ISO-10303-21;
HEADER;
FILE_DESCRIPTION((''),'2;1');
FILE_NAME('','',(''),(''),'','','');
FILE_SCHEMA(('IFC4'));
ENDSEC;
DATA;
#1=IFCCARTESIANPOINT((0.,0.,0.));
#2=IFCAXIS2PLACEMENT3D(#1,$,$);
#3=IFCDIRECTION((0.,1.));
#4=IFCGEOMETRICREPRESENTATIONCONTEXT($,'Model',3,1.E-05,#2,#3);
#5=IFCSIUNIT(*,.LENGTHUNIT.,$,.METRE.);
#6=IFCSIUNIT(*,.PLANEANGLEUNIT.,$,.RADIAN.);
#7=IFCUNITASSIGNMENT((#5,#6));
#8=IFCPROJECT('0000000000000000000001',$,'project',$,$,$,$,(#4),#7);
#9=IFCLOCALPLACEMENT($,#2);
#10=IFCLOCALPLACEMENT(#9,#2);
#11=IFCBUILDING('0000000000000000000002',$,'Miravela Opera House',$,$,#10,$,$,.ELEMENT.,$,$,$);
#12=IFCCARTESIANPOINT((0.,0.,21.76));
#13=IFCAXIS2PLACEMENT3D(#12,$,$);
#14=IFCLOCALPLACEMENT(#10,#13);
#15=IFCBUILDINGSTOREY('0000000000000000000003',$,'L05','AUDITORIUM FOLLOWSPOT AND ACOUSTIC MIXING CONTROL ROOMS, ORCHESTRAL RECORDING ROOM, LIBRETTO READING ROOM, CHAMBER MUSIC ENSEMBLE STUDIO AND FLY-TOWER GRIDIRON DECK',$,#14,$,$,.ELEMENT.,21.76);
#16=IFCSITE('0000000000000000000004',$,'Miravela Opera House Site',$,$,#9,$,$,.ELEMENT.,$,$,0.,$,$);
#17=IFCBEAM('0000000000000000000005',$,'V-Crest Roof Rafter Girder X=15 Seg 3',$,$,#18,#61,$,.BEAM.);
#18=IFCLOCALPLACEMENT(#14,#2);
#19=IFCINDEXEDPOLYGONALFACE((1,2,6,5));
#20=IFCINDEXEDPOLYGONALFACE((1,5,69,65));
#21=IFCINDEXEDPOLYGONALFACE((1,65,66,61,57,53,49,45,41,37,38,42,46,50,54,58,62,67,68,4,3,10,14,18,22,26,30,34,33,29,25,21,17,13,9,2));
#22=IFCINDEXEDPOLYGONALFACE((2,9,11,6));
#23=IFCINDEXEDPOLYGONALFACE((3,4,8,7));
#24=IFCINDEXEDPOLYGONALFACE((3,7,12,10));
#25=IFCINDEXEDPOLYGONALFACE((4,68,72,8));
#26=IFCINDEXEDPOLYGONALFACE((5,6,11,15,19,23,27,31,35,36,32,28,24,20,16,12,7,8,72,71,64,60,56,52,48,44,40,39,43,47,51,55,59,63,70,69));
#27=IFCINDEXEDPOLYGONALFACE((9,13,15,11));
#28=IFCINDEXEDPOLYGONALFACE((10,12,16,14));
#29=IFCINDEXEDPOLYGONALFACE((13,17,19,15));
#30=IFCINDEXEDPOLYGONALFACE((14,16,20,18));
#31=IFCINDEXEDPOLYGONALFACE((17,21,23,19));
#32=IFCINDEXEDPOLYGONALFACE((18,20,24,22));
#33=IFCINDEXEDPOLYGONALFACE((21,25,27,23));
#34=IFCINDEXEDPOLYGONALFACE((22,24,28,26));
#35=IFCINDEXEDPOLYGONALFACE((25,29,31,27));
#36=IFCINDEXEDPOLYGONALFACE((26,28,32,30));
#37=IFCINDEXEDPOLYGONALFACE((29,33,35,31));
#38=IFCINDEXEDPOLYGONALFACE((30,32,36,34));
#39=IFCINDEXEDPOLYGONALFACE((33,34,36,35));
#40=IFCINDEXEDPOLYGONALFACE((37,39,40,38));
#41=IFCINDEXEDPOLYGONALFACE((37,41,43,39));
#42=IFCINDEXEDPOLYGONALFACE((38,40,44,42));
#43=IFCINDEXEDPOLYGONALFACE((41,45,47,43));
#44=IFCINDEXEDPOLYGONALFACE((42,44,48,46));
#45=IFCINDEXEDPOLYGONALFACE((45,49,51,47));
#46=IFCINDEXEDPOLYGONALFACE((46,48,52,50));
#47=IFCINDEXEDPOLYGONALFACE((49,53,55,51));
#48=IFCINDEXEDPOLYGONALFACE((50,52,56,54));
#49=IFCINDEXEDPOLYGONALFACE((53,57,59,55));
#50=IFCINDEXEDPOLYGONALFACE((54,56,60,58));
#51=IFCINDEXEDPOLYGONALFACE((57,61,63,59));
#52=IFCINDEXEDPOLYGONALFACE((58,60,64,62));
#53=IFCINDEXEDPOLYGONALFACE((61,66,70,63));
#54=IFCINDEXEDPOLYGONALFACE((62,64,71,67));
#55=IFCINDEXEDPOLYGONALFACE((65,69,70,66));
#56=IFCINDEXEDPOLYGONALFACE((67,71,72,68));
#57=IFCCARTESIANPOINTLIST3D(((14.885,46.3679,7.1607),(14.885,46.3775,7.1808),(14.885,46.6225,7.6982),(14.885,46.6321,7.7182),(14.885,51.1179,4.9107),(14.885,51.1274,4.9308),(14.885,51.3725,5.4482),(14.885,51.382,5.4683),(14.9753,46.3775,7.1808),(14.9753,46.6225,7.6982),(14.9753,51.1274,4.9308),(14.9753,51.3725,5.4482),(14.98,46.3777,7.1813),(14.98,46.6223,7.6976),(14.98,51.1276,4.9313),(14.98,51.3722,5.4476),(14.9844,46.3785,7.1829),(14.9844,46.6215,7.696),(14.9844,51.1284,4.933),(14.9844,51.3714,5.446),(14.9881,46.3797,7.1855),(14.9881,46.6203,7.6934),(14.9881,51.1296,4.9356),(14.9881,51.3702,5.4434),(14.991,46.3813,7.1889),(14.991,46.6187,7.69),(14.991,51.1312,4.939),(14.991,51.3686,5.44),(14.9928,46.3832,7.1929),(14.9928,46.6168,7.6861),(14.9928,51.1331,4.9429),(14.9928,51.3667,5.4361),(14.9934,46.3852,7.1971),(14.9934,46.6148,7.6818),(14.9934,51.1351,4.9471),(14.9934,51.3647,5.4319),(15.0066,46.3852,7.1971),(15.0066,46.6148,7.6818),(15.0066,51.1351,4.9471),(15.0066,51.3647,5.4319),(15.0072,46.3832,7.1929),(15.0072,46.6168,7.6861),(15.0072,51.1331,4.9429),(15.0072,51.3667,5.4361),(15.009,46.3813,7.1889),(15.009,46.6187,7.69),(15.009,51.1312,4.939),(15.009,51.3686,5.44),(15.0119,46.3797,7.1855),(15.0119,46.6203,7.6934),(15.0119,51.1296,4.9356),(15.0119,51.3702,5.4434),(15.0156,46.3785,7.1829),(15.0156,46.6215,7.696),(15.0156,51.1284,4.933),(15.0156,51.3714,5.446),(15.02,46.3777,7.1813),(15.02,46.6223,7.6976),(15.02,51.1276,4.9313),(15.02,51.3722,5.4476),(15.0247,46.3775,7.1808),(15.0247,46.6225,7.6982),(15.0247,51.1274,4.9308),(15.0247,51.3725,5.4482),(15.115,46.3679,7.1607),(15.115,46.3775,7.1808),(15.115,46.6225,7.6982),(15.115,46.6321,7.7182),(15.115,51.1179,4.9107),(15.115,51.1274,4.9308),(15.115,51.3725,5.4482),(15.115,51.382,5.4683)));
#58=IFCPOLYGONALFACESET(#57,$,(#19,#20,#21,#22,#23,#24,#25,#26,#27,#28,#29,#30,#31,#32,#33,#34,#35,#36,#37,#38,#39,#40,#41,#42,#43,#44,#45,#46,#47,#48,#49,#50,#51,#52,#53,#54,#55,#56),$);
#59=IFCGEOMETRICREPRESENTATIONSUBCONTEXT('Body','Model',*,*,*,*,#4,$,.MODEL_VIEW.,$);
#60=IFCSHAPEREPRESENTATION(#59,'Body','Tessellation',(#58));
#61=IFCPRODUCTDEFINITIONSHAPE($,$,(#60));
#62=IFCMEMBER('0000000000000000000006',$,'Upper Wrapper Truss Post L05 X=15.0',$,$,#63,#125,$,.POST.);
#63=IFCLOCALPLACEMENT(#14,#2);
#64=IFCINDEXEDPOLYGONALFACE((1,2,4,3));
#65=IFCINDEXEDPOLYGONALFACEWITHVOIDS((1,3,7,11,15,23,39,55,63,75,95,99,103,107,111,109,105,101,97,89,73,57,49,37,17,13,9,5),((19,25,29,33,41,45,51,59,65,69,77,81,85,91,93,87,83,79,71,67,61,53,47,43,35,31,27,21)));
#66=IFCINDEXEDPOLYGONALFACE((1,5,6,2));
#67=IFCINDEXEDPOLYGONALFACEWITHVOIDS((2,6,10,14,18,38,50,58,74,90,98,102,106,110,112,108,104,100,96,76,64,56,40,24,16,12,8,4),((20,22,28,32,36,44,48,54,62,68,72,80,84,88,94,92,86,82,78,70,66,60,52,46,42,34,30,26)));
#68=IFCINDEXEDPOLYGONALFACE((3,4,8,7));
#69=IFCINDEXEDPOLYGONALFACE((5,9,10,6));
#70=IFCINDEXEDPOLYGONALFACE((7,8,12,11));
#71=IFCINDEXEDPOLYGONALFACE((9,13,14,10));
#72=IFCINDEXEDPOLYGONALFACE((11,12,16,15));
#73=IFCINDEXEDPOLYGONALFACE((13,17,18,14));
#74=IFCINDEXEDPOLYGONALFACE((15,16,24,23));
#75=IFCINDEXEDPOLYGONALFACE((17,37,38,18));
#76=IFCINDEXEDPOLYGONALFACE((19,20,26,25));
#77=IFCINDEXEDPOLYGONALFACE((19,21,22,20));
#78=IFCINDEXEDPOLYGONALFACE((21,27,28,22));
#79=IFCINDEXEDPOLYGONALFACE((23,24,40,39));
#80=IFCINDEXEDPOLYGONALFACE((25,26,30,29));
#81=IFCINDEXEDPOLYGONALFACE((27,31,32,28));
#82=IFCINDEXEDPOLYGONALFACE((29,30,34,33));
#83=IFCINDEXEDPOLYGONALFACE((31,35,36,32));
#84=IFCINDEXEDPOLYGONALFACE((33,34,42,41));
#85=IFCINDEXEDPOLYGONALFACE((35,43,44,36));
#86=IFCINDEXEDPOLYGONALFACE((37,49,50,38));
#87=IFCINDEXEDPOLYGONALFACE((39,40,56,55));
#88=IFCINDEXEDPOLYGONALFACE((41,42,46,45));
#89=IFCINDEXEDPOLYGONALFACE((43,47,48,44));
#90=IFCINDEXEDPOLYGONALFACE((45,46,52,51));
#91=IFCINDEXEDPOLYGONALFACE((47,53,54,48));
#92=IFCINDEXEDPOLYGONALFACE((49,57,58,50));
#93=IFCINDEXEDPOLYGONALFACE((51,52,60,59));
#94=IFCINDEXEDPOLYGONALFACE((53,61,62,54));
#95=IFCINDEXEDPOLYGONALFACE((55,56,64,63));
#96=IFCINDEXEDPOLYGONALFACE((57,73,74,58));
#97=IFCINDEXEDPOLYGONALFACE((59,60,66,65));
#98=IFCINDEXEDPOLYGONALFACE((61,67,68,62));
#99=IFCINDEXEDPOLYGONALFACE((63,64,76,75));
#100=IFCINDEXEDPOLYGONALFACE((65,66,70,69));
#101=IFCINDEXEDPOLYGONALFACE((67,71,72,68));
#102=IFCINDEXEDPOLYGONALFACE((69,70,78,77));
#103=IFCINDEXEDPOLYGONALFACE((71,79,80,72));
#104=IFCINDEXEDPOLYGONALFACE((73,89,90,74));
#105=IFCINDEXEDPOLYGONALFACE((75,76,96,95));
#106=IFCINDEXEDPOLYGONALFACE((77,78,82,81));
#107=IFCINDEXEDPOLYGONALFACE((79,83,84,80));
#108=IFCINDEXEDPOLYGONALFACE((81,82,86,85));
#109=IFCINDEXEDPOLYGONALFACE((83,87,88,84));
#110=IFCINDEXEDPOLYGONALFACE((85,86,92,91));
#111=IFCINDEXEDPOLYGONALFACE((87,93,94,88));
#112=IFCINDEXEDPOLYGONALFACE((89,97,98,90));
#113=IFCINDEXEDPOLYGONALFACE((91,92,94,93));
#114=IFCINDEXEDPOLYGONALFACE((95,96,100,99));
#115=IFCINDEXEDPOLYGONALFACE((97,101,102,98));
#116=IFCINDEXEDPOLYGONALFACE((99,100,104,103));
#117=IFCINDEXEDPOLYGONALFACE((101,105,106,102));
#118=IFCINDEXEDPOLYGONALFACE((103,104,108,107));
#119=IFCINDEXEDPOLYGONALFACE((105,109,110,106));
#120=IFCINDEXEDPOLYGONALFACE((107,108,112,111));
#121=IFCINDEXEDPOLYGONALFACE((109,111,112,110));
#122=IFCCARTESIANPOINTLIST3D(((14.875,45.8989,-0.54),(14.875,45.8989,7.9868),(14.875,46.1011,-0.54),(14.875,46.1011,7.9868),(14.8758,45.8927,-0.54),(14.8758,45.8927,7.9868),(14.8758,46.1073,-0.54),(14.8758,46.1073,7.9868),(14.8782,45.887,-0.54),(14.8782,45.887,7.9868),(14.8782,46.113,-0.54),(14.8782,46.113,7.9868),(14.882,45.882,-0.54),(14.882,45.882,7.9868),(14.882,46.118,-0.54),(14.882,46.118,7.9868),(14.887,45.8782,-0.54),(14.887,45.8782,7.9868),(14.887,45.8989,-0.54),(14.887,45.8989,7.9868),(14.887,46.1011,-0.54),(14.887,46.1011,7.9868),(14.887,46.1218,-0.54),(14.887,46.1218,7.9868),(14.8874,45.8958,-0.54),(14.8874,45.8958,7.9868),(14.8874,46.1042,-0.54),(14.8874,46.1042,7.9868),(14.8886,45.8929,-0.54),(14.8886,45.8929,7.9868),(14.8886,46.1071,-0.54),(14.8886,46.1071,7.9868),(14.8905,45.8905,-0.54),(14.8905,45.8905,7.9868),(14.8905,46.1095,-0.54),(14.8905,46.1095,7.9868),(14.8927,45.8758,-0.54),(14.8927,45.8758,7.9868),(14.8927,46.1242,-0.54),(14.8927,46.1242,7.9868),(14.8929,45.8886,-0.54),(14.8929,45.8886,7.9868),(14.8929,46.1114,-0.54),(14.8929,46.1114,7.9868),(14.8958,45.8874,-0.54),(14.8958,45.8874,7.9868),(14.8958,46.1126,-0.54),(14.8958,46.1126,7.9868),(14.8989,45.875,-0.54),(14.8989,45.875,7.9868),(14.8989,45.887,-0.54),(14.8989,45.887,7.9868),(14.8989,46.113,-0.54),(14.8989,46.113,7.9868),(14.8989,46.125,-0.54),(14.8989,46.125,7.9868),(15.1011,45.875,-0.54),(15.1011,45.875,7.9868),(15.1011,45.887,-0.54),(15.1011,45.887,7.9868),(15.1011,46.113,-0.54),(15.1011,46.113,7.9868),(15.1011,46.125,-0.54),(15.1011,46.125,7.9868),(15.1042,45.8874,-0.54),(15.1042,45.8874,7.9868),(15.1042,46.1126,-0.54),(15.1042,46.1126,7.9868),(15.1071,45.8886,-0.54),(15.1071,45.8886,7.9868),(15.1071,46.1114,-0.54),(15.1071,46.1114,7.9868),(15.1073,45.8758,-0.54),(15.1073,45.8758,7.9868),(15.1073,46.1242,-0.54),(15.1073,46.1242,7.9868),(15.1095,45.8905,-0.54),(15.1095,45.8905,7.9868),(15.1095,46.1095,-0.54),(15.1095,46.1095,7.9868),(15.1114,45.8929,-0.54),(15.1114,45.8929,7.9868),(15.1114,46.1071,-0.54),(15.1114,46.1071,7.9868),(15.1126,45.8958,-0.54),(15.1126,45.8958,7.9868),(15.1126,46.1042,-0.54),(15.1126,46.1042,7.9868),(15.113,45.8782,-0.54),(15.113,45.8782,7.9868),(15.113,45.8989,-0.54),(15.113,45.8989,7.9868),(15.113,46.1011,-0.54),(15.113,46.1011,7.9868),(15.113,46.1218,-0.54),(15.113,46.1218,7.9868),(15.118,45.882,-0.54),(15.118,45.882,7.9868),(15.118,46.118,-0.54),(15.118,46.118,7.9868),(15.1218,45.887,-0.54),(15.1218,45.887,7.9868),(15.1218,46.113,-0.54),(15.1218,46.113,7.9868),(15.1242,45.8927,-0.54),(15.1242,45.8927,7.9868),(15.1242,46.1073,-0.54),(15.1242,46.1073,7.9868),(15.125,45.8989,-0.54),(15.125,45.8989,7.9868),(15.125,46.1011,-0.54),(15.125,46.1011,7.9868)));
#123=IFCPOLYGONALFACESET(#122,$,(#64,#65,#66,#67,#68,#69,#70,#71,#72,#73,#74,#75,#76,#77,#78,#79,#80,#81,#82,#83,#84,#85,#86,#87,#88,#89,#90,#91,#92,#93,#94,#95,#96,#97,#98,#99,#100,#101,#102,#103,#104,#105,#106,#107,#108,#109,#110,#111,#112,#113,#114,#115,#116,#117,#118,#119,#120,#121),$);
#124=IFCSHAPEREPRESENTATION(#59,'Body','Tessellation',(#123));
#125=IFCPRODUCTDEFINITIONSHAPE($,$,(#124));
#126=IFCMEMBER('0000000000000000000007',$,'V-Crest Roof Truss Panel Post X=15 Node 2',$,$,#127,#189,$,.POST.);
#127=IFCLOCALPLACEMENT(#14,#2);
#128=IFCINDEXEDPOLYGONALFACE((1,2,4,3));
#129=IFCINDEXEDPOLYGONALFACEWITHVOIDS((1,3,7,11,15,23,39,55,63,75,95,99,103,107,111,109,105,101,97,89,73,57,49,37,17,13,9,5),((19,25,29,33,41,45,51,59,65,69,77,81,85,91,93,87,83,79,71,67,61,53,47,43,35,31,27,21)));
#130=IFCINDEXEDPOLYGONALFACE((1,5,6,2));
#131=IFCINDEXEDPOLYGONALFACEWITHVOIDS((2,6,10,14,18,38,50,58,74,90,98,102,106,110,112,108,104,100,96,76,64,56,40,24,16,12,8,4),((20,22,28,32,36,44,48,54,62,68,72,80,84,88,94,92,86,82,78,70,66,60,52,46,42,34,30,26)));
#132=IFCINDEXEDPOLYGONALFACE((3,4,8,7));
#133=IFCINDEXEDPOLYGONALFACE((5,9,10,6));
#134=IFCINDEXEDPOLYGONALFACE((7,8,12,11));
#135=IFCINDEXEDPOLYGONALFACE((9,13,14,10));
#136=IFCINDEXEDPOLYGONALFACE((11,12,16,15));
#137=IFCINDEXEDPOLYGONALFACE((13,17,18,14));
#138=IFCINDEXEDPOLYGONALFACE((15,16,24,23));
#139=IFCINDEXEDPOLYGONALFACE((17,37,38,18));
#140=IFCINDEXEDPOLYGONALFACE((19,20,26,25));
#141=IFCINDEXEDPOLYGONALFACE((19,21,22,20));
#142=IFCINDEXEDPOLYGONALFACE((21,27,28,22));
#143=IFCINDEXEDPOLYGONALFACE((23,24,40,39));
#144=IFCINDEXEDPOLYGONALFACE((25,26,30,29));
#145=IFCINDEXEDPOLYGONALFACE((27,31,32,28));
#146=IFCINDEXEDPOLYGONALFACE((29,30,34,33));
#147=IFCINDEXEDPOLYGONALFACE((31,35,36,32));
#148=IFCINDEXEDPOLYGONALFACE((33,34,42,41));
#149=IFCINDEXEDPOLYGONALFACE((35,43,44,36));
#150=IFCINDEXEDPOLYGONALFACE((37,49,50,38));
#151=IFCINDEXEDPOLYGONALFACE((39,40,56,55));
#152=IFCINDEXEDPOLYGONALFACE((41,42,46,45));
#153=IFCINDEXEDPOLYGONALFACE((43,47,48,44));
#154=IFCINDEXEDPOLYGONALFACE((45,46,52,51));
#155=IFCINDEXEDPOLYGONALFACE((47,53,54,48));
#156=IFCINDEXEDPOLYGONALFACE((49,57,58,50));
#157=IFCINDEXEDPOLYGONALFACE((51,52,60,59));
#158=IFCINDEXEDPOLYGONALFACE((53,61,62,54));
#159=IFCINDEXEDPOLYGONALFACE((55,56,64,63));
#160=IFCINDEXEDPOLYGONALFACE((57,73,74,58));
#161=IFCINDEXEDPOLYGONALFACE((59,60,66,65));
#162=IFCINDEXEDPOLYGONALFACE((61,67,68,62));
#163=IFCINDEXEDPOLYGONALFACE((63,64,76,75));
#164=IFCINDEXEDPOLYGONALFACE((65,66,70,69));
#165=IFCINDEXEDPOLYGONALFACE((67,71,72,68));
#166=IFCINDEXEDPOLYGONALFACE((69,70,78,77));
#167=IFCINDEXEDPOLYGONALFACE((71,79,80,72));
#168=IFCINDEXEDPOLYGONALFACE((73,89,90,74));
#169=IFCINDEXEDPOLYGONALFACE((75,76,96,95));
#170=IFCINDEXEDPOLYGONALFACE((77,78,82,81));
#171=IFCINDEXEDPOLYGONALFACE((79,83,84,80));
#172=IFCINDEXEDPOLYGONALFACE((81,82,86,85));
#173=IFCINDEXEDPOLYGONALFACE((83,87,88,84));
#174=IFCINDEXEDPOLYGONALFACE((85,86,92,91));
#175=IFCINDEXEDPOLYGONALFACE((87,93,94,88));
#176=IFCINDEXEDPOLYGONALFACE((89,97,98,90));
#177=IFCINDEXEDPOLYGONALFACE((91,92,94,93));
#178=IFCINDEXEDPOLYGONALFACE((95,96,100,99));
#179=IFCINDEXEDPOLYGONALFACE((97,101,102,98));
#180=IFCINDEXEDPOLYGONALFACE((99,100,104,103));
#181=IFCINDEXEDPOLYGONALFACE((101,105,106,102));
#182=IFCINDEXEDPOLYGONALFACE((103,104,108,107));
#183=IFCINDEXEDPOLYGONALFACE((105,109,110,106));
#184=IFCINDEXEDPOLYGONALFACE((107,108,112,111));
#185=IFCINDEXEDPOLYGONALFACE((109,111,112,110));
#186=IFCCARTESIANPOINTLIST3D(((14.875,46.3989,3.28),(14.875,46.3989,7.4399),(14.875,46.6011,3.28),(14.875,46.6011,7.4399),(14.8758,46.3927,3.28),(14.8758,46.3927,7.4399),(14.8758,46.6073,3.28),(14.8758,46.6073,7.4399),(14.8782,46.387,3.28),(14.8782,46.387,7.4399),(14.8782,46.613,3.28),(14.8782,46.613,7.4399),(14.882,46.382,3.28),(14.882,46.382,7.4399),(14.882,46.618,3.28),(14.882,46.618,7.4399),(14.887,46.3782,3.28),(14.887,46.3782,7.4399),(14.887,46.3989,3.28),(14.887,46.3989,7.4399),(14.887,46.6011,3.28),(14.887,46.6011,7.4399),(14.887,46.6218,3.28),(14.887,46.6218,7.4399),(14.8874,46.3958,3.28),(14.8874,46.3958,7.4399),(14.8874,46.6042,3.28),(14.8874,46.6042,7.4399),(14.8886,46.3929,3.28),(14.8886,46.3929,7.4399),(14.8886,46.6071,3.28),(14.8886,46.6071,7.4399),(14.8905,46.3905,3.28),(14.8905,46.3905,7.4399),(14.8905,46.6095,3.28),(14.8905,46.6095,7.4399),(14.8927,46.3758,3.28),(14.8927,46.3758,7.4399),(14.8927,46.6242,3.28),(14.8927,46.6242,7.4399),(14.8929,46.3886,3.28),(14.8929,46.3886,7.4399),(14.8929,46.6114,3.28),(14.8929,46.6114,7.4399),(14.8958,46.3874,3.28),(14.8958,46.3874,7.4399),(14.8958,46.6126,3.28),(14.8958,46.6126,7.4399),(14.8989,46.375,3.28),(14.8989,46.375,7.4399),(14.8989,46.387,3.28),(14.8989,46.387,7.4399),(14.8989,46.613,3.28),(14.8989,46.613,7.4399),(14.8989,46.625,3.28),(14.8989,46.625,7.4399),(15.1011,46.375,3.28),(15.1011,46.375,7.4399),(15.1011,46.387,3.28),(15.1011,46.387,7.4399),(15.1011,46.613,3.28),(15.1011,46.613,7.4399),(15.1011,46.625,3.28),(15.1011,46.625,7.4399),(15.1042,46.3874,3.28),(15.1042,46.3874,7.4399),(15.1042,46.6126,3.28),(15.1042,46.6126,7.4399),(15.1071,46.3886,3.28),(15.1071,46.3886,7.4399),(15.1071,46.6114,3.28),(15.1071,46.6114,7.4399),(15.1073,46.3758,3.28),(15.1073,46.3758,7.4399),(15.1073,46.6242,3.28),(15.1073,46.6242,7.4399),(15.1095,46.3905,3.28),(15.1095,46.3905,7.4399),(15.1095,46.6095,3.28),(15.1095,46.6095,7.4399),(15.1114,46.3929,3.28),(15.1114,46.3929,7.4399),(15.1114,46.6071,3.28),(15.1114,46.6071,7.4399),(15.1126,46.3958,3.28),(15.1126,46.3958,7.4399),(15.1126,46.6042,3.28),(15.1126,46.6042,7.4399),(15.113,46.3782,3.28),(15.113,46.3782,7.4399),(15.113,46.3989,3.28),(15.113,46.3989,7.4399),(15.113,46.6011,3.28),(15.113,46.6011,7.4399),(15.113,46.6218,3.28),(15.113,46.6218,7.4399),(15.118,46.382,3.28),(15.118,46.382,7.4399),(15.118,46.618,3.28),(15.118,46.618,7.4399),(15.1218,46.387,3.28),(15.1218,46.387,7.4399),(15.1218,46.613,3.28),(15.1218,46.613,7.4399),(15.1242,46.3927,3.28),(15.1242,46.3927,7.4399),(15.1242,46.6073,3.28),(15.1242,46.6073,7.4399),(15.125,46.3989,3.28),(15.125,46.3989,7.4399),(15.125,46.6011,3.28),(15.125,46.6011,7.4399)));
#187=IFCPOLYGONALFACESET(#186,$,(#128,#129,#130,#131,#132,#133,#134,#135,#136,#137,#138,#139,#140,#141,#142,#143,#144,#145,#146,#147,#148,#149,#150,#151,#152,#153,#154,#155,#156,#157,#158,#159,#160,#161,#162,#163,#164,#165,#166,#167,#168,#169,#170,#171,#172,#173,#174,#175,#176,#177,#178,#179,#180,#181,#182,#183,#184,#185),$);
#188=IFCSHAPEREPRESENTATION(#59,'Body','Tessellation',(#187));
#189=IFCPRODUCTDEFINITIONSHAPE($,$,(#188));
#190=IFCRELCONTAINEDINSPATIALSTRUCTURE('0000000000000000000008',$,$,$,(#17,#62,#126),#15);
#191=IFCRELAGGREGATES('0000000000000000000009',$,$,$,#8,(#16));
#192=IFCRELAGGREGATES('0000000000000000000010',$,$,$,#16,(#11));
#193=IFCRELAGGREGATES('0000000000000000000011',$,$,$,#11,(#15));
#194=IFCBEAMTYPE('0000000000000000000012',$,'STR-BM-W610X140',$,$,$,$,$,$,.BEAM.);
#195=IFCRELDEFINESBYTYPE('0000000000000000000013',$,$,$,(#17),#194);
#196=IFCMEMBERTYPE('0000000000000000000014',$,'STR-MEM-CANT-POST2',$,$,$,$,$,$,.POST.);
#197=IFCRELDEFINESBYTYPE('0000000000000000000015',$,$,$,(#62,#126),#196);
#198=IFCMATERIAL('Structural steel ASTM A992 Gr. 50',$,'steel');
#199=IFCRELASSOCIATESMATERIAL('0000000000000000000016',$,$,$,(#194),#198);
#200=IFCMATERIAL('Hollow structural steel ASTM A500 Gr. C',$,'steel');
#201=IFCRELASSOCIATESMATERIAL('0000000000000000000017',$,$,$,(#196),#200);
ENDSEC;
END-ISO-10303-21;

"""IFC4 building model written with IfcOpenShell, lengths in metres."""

from ifc_helpers import new_model, si_unit, direction, frame, origin, origin_2d, place, context, subcontext, project, spatial, hollow_rectangle, i_section, extrude, material, material_profile, profile_set, type_object, element, save


model = new_model("IFC4")

# Units and contexts
model_context = context("Model", 3, precision=1e-05, world=origin(), true_north=direction((0.0, 1.0)))
body_context = subcontext(model_context, "Body", "Model", "MODEL_VIEW")
ifc_project = project(units=[si_unit("LENGTHUNIT", "METRE"), si_unit("PLANEANGLEUNIT", "RADIAN")], contexts=[model_context])

# Site, building, storey
site_placement = place(None, origin())
site = spatial("IfcSite", under=ifc_project, at=site_placement, Name="Miravela Opera House Site", CompositionType="ELEMENT", RefElevation=0.0)
building_placement = place(site_placement, origin())
building = spatial("IfcBuilding", under=site, at=building_placement, Name="Miravela Opera House", CompositionType="ELEMENT")
storey_placement = place(building_placement, frame((0.0, 0.0, 21.76)))
storey = spatial("IfcBuildingStorey", under=building, at=storey_placement, Name="L05", Description="AUDITORIUM FOLLOWSPOT AND ACOUSTIC MIXING CONTROL ROOMS, ORCHESTRAL RECORDING ROOM, LIBRETTO READING ROOM, CHAMBER MUSIC ENSEMBLE STUDIO AND FLY-TOWER GRIDIRON DECK", CompositionType="ELEMENT", Elevation=21.76)

# Beam
ifc_material_1 = material(Name="Structural steel ASTM A992 Gr. 50", Category="steel")
ifc_material_profile_1 = material_profile(ifc_material_1, i_section(OverallWidth=0.23, OverallDepth=0.6169, WebThickness=0.0132, FlangeThickness=0.0222, FilletRadius=0.0181, at=origin_2d()), Name="W610X140")
ifc_profile_set_1 = profile_set([ifc_material_profile_1])
beam_type_1 = type_object("IfcBeamType", Name="STR-BM-W610X140", PredefinedType="BEAM", material=ifc_profile_set_1)
beam_1_placement = place(storey_placement, frame((15.0, 46.5, 7.4395), z_axis=(0.0, 0.903738, -0.428086), x_axis=(-1.0, 0.0, 0.0)))
element("IfcBeam", 1, at=beam_1_placement, inside=storey, type_object=beam_type_1, Name="V-Crest Roof Rafter Girder X=15 Seg 3", PredefinedType="BEAM", context=body_context, shape_type="SweptSolid", body=[
    extrude(i_section(OverallWidth=0.23, OverallDepth=0.6169, WebThickness=0.0132, FlangeThickness=0.0222, FilletRadius=0.0181, at=origin_2d()), origin(), (0.0, 0.0, 1.0), 5.2559),
])

# Members
ifc_material_2 = material(Name="Hollow structural steel ASTM A500 Gr. C", Category="steel")
ifc_material_profile_2 = material_profile(ifc_material_2, hollow_rectangle(XDim=0.25, YDim=0.25, WallThickness=0.012, InnerFilletRadius=0.012, OuterFilletRadius=0.0239, at=origin_2d()), Name="HSS250X250X12")
ifc_profile_set_2 = profile_set([ifc_material_profile_2])
member_type_1 = type_object("IfcMemberType", Name="STR-MEM-CANT-POST2", PredefinedType="POST", material=ifc_profile_set_2)
member_1_placement = place(storey_placement, frame((15.0, 46.0, -0.54), z_axis=(0.0, 0.0, 1.0), x_axis=(1.0, 0.0, 0.0)))
element("IfcMember", 2, at=member_1_placement, inside=storey, type_object=member_type_1, Name="Upper Wrapper Truss Post L05 X=15.0", PredefinedType="POST", context=body_context, shape_type="SweptSolid", body=[
    extrude(hollow_rectangle(XDim=0.25, YDim=0.25, WallThickness=0.012, InnerFilletRadius=0.012, OuterFilletRadius=0.0239, at=origin_2d()), origin(), (0.0, 0.0, 1.0), 8.5269),
])
member_2_placement = place(storey_placement, frame((15.0, 46.5, 3.28), z_axis=(0.0, 0.0, 1.0), x_axis=(1.0, 0.0, 0.0)))
element("IfcMember", 3, at=member_2_placement, inside=storey, type_object=member_type_1, Name="V-Crest Roof Truss Panel Post X=15 Node 2", PredefinedType="POST", context=body_context, shape_type="SweptSolid", body=[
    extrude(hollow_rectangle(XDim=0.25, YDim=0.25, WallThickness=0.012, InnerFilletRadius=0.012, OuterFilletRadius=0.0239, at=origin_2d()), origin(), (0.0, 0.0, 1.0), 4.1599),
])

save(model, "model.ifc")
